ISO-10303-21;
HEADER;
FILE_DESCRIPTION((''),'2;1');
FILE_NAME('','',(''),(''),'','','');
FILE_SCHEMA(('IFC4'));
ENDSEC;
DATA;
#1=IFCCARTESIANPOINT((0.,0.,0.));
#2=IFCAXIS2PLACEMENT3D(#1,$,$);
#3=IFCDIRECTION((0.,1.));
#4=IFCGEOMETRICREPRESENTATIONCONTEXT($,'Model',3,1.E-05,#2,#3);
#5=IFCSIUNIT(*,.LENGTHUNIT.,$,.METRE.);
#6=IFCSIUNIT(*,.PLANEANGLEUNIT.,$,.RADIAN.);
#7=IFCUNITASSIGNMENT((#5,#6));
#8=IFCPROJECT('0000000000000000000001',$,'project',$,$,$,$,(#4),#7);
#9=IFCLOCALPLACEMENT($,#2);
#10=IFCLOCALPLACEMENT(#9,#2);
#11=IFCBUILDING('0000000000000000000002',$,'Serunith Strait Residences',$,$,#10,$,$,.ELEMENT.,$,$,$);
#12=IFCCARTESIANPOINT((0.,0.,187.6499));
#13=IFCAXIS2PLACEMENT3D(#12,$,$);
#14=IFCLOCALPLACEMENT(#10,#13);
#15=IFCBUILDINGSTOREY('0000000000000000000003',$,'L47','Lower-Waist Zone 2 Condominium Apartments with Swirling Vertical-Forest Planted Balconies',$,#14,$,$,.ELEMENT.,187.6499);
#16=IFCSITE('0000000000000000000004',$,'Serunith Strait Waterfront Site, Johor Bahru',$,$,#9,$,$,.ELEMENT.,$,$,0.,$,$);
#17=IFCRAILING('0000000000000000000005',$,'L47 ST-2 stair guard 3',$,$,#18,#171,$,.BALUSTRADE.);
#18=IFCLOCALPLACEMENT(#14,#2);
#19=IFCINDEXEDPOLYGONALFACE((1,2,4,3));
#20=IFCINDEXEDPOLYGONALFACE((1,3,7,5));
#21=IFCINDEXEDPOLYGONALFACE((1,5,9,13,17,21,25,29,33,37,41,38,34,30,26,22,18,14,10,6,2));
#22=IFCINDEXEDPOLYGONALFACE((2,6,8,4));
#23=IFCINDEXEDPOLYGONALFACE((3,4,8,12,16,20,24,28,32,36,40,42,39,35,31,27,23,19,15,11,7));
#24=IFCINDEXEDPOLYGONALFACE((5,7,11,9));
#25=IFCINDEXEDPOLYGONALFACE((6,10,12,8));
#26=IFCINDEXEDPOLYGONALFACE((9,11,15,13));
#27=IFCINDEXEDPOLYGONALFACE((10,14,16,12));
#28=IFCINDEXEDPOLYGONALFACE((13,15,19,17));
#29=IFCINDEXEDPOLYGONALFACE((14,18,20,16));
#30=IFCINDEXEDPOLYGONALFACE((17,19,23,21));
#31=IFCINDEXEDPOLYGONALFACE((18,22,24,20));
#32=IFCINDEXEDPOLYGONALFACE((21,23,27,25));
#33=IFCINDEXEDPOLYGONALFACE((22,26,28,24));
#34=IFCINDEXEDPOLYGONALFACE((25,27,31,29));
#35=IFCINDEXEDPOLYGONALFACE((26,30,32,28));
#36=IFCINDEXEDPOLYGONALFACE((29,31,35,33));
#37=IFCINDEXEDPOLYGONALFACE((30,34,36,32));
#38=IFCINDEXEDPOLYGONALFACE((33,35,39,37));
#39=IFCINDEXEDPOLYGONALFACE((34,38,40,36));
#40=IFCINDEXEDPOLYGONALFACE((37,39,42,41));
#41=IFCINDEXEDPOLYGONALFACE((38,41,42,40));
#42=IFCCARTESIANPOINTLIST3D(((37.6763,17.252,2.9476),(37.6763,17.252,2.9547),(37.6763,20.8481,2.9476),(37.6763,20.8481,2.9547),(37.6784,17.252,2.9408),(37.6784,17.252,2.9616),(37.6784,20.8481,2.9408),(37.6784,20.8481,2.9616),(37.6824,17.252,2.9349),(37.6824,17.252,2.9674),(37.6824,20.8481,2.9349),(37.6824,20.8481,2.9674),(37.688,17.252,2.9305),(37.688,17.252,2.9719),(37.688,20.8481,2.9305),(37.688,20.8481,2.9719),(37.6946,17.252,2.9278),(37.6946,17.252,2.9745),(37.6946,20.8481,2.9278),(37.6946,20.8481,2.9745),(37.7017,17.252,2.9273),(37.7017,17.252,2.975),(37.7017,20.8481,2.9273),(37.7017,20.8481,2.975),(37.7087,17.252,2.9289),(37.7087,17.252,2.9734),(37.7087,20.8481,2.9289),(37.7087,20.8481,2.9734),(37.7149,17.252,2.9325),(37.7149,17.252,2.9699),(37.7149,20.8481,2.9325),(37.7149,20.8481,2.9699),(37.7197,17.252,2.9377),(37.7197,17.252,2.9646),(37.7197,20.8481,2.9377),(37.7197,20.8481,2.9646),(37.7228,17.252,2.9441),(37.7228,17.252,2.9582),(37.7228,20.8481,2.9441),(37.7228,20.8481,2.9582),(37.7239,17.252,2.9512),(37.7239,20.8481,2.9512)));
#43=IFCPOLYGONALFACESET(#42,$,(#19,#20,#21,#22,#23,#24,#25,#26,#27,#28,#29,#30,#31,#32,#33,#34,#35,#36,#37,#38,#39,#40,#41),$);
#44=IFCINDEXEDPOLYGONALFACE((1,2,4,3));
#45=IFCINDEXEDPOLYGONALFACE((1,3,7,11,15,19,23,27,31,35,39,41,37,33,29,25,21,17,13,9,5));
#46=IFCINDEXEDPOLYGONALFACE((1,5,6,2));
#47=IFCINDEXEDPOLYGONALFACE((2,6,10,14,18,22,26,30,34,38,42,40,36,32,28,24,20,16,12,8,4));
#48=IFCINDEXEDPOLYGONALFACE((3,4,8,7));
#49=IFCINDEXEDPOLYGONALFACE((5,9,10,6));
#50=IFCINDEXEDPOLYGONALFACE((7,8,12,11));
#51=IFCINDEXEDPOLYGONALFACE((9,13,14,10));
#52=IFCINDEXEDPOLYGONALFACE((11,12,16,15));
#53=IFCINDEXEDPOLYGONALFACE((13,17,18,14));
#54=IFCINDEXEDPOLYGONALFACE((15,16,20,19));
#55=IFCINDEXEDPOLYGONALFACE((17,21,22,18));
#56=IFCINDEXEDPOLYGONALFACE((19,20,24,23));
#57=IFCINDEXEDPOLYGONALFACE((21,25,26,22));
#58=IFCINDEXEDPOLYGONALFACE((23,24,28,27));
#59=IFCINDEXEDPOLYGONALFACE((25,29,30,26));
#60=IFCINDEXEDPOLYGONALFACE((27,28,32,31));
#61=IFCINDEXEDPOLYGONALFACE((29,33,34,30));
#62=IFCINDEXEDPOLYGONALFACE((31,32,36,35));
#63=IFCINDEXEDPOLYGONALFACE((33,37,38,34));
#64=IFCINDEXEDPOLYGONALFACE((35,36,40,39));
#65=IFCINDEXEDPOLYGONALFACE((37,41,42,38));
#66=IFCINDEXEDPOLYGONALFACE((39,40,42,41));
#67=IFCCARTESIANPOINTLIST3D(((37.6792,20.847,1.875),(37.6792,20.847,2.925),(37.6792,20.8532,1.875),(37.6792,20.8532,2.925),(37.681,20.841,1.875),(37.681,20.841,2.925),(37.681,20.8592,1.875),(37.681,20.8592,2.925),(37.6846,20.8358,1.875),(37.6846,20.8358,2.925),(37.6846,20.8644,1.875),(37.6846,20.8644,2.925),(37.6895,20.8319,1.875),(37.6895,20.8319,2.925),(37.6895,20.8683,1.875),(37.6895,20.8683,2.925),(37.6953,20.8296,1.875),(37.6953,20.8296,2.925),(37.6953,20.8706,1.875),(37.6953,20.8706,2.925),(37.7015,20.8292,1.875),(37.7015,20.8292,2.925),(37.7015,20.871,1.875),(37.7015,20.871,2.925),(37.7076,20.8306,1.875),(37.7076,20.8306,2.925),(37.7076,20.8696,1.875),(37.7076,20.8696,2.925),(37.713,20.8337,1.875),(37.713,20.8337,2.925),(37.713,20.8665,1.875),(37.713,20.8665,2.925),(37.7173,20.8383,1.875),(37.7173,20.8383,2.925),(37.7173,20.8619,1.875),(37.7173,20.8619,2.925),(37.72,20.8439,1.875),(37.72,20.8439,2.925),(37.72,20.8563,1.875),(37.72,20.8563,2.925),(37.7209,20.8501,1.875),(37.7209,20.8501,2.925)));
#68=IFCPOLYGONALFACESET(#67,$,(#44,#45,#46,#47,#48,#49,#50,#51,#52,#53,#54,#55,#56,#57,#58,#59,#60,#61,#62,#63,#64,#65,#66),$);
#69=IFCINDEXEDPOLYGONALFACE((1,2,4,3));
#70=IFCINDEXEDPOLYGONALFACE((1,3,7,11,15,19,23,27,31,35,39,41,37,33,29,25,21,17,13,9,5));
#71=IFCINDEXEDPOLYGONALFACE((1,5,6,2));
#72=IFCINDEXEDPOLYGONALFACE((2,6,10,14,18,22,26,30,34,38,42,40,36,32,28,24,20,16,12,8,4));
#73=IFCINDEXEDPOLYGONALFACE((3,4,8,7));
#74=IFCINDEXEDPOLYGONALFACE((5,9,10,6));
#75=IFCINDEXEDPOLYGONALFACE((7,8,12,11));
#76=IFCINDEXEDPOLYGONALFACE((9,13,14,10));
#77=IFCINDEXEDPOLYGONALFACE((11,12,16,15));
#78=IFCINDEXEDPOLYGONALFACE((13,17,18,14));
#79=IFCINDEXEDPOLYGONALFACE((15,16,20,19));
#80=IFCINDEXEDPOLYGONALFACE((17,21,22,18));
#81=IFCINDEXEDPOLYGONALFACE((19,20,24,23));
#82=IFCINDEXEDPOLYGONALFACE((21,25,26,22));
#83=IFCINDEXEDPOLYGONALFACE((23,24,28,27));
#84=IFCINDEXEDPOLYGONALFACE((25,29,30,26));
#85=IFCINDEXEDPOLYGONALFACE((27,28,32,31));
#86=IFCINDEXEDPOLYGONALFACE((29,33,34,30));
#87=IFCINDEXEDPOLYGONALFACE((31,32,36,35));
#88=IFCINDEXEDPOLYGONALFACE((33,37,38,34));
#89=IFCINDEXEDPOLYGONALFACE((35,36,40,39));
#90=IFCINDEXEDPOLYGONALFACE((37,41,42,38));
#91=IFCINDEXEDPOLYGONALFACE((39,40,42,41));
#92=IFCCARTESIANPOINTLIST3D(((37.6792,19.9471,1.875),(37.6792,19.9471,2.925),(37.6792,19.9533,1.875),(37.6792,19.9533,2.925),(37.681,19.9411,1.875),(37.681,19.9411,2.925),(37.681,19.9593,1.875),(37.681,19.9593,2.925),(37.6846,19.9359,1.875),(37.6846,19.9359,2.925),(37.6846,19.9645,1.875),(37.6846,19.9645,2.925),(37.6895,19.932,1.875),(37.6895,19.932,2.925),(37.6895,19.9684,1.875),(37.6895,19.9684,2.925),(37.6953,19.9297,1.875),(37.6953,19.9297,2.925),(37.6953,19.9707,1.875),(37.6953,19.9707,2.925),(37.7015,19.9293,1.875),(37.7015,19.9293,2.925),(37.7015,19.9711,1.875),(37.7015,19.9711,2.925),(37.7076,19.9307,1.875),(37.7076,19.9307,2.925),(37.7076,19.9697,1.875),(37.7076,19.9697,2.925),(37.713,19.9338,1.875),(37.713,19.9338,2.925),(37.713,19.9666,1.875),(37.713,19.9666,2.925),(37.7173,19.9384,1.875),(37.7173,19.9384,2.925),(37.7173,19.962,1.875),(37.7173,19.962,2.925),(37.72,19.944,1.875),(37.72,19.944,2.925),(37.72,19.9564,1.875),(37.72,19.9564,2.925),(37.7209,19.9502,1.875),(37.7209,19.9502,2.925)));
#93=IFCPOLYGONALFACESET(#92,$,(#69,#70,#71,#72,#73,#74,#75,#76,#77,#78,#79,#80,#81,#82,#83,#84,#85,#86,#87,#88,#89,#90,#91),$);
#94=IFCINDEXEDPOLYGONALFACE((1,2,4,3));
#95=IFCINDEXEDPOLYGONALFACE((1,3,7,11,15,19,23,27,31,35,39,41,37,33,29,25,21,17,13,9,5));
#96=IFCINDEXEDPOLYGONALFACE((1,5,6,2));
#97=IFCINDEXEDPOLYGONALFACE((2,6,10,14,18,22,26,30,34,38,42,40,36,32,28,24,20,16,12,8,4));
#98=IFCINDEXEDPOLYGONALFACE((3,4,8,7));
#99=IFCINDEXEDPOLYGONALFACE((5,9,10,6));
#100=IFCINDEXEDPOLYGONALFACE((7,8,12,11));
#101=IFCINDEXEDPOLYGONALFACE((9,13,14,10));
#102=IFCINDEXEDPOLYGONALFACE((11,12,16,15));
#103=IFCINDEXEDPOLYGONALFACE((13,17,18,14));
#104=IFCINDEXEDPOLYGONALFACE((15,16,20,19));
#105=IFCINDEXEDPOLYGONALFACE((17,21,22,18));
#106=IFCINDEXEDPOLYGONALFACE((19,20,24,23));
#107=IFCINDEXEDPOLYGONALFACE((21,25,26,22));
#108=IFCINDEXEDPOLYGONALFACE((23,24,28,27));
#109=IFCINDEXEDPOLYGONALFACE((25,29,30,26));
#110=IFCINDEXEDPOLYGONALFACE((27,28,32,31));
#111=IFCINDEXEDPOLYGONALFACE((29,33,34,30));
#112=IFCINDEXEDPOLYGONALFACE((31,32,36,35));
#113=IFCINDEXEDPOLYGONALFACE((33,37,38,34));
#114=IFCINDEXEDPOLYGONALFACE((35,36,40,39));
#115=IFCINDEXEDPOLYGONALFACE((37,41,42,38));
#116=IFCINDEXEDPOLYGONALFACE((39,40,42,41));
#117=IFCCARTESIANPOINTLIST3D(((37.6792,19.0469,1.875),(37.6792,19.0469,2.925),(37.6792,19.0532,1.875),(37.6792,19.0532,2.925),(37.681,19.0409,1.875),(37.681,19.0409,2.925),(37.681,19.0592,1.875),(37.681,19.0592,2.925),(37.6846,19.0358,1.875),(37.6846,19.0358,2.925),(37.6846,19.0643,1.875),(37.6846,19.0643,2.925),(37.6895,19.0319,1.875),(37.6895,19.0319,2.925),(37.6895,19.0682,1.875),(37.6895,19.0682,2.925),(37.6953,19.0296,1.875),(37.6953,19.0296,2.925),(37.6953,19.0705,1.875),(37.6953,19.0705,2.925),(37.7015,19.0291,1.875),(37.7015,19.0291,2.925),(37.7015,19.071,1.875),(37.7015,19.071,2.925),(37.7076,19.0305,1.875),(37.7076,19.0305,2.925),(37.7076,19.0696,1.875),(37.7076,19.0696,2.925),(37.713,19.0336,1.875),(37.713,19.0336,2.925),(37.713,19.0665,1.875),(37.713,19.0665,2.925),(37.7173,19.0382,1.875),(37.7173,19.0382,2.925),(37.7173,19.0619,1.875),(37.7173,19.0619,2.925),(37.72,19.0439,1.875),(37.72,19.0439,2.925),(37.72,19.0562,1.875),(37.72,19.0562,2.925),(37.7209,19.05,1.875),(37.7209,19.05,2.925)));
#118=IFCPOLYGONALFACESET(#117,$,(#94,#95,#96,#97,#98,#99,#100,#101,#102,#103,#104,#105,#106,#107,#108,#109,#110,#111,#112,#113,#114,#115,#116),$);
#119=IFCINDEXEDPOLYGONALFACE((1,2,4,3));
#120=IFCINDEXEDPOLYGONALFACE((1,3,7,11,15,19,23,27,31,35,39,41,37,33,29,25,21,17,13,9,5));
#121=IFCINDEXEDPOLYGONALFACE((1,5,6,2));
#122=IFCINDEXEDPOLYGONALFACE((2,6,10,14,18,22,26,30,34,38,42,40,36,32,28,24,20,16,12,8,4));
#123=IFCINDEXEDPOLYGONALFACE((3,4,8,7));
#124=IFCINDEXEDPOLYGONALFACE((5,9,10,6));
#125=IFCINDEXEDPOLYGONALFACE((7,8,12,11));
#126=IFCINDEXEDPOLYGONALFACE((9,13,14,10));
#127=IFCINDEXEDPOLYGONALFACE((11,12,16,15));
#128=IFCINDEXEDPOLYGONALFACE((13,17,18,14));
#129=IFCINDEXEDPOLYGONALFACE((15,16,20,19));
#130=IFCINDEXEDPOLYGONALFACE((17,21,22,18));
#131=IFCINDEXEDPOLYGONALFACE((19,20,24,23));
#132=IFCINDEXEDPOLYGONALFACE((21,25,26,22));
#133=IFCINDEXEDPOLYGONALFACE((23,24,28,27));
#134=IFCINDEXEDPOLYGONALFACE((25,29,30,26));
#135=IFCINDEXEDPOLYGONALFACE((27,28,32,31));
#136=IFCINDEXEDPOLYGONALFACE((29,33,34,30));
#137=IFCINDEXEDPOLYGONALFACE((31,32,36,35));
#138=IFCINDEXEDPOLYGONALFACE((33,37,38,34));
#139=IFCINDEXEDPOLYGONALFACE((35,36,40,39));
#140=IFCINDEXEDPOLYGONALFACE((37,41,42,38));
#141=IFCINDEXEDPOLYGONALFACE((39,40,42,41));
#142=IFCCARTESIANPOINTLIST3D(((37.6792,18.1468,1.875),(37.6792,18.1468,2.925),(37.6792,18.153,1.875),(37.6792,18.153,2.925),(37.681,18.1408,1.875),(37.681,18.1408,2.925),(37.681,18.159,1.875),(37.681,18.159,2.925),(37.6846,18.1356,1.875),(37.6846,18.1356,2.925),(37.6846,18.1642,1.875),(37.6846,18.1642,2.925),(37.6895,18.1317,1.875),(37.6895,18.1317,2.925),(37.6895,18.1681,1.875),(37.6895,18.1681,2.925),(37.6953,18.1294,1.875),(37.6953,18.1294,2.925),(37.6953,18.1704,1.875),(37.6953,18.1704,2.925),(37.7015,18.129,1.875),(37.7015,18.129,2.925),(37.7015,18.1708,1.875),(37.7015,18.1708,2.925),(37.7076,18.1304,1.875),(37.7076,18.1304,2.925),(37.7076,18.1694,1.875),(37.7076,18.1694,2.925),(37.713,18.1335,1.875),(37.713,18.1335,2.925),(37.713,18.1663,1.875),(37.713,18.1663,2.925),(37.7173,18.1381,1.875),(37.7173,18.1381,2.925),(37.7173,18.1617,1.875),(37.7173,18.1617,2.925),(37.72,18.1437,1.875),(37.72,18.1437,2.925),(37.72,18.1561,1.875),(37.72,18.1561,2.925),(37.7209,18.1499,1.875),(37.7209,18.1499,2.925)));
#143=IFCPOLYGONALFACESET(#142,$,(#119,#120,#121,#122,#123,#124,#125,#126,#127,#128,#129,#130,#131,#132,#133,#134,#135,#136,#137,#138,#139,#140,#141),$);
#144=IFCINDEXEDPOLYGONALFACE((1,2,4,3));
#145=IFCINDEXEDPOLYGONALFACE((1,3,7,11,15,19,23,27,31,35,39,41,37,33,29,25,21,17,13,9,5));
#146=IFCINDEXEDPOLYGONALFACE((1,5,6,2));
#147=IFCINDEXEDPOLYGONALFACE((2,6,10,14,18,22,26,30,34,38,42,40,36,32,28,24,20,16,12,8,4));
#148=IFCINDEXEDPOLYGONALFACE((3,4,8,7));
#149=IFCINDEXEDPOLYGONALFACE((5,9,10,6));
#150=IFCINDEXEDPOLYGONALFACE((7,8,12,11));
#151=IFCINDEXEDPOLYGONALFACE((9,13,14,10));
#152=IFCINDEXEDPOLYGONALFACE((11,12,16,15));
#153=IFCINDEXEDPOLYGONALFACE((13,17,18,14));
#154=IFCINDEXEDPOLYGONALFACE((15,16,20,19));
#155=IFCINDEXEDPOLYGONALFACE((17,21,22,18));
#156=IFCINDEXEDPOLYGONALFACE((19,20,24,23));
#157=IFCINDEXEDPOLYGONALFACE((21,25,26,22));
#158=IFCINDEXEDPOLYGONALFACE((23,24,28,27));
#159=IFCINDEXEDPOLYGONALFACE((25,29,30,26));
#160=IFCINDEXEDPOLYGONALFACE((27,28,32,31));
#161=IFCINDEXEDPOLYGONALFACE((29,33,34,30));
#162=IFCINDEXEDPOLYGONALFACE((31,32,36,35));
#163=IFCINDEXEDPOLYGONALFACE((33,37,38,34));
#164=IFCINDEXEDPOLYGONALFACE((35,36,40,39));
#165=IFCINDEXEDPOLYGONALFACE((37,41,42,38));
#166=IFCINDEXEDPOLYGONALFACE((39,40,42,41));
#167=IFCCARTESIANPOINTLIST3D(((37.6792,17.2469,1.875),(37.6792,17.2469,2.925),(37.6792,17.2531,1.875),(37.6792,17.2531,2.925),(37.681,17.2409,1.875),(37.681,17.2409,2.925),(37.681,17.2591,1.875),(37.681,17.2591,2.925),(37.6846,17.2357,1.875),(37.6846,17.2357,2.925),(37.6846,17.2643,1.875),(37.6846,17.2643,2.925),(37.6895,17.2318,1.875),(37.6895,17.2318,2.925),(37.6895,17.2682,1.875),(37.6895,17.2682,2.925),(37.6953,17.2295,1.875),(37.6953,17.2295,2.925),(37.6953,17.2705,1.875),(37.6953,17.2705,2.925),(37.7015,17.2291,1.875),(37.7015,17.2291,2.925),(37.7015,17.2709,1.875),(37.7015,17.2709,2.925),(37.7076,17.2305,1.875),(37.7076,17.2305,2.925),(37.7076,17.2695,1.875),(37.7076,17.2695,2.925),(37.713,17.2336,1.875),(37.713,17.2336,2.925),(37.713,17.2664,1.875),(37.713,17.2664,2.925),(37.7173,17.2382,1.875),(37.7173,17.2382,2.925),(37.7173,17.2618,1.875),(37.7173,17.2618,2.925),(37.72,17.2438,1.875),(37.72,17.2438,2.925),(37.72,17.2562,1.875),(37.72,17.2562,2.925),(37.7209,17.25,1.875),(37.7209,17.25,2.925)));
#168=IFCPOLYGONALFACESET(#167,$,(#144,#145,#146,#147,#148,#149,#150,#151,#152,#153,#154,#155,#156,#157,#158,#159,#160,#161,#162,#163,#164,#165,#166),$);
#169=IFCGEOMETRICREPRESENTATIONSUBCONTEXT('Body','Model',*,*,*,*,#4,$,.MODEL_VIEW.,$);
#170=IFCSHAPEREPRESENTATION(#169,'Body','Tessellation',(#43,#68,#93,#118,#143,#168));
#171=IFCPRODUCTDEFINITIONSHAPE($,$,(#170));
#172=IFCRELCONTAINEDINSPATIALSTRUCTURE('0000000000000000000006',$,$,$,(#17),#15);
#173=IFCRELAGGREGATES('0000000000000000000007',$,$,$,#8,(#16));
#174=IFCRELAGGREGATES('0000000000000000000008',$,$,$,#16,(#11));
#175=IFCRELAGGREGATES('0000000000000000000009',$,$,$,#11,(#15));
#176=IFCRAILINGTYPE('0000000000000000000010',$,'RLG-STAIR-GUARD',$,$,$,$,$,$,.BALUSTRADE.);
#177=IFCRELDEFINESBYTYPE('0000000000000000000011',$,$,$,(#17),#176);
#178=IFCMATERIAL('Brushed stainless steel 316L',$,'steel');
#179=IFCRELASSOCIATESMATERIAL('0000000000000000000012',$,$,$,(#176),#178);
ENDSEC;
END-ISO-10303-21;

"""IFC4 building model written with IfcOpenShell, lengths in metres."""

from ifc_helpers import new_model, si_unit, direction, frame, origin, origin_2d, place, context, subcontext, project, spatial, circle, extrude, material, type_object, element, save


model = new_model("IFC4")

# Units and contexts
model_context = context("Model", 3, precision=1e-05, world=origin(), true_north=direction((0.0, 1.0)))
body_context = subcontext(model_context, "Body", "Model", "MODEL_VIEW")
ifc_project = project(units=[si_unit("LENGTHUNIT", "METRE"), si_unit("PLANEANGLEUNIT", "RADIAN")], contexts=[model_context])

# Site, building, storey
site_placement = place(None, origin())
site = spatial("IfcSite", under=ifc_project, at=site_placement, Name="Serunith Strait Waterfront Site, Johor Bahru", CompositionType="ELEMENT", RefElevation=0.0)
building_placement = place(site_placement, origin())
building = spatial("IfcBuilding", under=site, at=building_placement, Name="Serunith Strait Residences", CompositionType="ELEMENT")
storey_placement = place(building_placement, frame((0.0, 0.0, 187.6499)))
storey = spatial("IfcBuildingStorey", under=building, at=storey_placement, Name="L47", Description="Lower-Waist Zone 2 Condominium Apartments with Swirling Vertical-Forest Planted Balconies", CompositionType="ELEMENT", Elevation=187.6499)

# Railing
ifc_material_1 = material(Name="Brushed stainless steel 316L", Category="steel")
railing_type_1 = type_object("IfcRailingType", Name="RLG-STAIR-GUARD", PredefinedType="BALUSTRADE", material=ifc_material_1)
for number, where, name in (
    (1, (37.7, 20.8501, 1.875), "L47 ST-2 stair guard 3"),
):
    element("IfcRailing", number, at=place(storey_placement, frame(where)), inside=storey, type_object=railing_type_1, Name=name, PredefinedType="BALUSTRADE", context=body_context, shape_type="SweptSolid", body=[
        extrude(circle(Radius=0.0239, at=origin_2d()), frame((0.0, -0.002, 1.0762), z_axis=(0.0, -1.0, 0.0), x_axis=(1.0, 0.0, 0.0)), (0.0, 0.0, 1.0), 3.5962),
        extrude(circle(Radius=0.021, at=origin_2d()), origin(), (0.0, 0.0, 1.0), 1.05),
        extrude(circle(Radius=0.021, at=origin_2d()), frame((0.0, -0.8999, 0.0)), (0.0, 0.0, 1.0), 1.05),
        extrude(circle(Radius=0.021, at=origin_2d()), frame((0.0, -1.8, 0.0)), (0.0, 0.0, 1.0), 1.05),
        extrude(circle(Radius=0.021, at=origin_2d()), frame((0.0, -2.7002, 0.0)), (0.0, 0.0, 1.0), 1.05),
        extrude(circle(Radius=0.021, at=origin_2d()), frame((0.0, -3.6001, 0.0)), (0.0, 0.0, 1.0), 1.05),
    ])

save(model, "model.ifc")
